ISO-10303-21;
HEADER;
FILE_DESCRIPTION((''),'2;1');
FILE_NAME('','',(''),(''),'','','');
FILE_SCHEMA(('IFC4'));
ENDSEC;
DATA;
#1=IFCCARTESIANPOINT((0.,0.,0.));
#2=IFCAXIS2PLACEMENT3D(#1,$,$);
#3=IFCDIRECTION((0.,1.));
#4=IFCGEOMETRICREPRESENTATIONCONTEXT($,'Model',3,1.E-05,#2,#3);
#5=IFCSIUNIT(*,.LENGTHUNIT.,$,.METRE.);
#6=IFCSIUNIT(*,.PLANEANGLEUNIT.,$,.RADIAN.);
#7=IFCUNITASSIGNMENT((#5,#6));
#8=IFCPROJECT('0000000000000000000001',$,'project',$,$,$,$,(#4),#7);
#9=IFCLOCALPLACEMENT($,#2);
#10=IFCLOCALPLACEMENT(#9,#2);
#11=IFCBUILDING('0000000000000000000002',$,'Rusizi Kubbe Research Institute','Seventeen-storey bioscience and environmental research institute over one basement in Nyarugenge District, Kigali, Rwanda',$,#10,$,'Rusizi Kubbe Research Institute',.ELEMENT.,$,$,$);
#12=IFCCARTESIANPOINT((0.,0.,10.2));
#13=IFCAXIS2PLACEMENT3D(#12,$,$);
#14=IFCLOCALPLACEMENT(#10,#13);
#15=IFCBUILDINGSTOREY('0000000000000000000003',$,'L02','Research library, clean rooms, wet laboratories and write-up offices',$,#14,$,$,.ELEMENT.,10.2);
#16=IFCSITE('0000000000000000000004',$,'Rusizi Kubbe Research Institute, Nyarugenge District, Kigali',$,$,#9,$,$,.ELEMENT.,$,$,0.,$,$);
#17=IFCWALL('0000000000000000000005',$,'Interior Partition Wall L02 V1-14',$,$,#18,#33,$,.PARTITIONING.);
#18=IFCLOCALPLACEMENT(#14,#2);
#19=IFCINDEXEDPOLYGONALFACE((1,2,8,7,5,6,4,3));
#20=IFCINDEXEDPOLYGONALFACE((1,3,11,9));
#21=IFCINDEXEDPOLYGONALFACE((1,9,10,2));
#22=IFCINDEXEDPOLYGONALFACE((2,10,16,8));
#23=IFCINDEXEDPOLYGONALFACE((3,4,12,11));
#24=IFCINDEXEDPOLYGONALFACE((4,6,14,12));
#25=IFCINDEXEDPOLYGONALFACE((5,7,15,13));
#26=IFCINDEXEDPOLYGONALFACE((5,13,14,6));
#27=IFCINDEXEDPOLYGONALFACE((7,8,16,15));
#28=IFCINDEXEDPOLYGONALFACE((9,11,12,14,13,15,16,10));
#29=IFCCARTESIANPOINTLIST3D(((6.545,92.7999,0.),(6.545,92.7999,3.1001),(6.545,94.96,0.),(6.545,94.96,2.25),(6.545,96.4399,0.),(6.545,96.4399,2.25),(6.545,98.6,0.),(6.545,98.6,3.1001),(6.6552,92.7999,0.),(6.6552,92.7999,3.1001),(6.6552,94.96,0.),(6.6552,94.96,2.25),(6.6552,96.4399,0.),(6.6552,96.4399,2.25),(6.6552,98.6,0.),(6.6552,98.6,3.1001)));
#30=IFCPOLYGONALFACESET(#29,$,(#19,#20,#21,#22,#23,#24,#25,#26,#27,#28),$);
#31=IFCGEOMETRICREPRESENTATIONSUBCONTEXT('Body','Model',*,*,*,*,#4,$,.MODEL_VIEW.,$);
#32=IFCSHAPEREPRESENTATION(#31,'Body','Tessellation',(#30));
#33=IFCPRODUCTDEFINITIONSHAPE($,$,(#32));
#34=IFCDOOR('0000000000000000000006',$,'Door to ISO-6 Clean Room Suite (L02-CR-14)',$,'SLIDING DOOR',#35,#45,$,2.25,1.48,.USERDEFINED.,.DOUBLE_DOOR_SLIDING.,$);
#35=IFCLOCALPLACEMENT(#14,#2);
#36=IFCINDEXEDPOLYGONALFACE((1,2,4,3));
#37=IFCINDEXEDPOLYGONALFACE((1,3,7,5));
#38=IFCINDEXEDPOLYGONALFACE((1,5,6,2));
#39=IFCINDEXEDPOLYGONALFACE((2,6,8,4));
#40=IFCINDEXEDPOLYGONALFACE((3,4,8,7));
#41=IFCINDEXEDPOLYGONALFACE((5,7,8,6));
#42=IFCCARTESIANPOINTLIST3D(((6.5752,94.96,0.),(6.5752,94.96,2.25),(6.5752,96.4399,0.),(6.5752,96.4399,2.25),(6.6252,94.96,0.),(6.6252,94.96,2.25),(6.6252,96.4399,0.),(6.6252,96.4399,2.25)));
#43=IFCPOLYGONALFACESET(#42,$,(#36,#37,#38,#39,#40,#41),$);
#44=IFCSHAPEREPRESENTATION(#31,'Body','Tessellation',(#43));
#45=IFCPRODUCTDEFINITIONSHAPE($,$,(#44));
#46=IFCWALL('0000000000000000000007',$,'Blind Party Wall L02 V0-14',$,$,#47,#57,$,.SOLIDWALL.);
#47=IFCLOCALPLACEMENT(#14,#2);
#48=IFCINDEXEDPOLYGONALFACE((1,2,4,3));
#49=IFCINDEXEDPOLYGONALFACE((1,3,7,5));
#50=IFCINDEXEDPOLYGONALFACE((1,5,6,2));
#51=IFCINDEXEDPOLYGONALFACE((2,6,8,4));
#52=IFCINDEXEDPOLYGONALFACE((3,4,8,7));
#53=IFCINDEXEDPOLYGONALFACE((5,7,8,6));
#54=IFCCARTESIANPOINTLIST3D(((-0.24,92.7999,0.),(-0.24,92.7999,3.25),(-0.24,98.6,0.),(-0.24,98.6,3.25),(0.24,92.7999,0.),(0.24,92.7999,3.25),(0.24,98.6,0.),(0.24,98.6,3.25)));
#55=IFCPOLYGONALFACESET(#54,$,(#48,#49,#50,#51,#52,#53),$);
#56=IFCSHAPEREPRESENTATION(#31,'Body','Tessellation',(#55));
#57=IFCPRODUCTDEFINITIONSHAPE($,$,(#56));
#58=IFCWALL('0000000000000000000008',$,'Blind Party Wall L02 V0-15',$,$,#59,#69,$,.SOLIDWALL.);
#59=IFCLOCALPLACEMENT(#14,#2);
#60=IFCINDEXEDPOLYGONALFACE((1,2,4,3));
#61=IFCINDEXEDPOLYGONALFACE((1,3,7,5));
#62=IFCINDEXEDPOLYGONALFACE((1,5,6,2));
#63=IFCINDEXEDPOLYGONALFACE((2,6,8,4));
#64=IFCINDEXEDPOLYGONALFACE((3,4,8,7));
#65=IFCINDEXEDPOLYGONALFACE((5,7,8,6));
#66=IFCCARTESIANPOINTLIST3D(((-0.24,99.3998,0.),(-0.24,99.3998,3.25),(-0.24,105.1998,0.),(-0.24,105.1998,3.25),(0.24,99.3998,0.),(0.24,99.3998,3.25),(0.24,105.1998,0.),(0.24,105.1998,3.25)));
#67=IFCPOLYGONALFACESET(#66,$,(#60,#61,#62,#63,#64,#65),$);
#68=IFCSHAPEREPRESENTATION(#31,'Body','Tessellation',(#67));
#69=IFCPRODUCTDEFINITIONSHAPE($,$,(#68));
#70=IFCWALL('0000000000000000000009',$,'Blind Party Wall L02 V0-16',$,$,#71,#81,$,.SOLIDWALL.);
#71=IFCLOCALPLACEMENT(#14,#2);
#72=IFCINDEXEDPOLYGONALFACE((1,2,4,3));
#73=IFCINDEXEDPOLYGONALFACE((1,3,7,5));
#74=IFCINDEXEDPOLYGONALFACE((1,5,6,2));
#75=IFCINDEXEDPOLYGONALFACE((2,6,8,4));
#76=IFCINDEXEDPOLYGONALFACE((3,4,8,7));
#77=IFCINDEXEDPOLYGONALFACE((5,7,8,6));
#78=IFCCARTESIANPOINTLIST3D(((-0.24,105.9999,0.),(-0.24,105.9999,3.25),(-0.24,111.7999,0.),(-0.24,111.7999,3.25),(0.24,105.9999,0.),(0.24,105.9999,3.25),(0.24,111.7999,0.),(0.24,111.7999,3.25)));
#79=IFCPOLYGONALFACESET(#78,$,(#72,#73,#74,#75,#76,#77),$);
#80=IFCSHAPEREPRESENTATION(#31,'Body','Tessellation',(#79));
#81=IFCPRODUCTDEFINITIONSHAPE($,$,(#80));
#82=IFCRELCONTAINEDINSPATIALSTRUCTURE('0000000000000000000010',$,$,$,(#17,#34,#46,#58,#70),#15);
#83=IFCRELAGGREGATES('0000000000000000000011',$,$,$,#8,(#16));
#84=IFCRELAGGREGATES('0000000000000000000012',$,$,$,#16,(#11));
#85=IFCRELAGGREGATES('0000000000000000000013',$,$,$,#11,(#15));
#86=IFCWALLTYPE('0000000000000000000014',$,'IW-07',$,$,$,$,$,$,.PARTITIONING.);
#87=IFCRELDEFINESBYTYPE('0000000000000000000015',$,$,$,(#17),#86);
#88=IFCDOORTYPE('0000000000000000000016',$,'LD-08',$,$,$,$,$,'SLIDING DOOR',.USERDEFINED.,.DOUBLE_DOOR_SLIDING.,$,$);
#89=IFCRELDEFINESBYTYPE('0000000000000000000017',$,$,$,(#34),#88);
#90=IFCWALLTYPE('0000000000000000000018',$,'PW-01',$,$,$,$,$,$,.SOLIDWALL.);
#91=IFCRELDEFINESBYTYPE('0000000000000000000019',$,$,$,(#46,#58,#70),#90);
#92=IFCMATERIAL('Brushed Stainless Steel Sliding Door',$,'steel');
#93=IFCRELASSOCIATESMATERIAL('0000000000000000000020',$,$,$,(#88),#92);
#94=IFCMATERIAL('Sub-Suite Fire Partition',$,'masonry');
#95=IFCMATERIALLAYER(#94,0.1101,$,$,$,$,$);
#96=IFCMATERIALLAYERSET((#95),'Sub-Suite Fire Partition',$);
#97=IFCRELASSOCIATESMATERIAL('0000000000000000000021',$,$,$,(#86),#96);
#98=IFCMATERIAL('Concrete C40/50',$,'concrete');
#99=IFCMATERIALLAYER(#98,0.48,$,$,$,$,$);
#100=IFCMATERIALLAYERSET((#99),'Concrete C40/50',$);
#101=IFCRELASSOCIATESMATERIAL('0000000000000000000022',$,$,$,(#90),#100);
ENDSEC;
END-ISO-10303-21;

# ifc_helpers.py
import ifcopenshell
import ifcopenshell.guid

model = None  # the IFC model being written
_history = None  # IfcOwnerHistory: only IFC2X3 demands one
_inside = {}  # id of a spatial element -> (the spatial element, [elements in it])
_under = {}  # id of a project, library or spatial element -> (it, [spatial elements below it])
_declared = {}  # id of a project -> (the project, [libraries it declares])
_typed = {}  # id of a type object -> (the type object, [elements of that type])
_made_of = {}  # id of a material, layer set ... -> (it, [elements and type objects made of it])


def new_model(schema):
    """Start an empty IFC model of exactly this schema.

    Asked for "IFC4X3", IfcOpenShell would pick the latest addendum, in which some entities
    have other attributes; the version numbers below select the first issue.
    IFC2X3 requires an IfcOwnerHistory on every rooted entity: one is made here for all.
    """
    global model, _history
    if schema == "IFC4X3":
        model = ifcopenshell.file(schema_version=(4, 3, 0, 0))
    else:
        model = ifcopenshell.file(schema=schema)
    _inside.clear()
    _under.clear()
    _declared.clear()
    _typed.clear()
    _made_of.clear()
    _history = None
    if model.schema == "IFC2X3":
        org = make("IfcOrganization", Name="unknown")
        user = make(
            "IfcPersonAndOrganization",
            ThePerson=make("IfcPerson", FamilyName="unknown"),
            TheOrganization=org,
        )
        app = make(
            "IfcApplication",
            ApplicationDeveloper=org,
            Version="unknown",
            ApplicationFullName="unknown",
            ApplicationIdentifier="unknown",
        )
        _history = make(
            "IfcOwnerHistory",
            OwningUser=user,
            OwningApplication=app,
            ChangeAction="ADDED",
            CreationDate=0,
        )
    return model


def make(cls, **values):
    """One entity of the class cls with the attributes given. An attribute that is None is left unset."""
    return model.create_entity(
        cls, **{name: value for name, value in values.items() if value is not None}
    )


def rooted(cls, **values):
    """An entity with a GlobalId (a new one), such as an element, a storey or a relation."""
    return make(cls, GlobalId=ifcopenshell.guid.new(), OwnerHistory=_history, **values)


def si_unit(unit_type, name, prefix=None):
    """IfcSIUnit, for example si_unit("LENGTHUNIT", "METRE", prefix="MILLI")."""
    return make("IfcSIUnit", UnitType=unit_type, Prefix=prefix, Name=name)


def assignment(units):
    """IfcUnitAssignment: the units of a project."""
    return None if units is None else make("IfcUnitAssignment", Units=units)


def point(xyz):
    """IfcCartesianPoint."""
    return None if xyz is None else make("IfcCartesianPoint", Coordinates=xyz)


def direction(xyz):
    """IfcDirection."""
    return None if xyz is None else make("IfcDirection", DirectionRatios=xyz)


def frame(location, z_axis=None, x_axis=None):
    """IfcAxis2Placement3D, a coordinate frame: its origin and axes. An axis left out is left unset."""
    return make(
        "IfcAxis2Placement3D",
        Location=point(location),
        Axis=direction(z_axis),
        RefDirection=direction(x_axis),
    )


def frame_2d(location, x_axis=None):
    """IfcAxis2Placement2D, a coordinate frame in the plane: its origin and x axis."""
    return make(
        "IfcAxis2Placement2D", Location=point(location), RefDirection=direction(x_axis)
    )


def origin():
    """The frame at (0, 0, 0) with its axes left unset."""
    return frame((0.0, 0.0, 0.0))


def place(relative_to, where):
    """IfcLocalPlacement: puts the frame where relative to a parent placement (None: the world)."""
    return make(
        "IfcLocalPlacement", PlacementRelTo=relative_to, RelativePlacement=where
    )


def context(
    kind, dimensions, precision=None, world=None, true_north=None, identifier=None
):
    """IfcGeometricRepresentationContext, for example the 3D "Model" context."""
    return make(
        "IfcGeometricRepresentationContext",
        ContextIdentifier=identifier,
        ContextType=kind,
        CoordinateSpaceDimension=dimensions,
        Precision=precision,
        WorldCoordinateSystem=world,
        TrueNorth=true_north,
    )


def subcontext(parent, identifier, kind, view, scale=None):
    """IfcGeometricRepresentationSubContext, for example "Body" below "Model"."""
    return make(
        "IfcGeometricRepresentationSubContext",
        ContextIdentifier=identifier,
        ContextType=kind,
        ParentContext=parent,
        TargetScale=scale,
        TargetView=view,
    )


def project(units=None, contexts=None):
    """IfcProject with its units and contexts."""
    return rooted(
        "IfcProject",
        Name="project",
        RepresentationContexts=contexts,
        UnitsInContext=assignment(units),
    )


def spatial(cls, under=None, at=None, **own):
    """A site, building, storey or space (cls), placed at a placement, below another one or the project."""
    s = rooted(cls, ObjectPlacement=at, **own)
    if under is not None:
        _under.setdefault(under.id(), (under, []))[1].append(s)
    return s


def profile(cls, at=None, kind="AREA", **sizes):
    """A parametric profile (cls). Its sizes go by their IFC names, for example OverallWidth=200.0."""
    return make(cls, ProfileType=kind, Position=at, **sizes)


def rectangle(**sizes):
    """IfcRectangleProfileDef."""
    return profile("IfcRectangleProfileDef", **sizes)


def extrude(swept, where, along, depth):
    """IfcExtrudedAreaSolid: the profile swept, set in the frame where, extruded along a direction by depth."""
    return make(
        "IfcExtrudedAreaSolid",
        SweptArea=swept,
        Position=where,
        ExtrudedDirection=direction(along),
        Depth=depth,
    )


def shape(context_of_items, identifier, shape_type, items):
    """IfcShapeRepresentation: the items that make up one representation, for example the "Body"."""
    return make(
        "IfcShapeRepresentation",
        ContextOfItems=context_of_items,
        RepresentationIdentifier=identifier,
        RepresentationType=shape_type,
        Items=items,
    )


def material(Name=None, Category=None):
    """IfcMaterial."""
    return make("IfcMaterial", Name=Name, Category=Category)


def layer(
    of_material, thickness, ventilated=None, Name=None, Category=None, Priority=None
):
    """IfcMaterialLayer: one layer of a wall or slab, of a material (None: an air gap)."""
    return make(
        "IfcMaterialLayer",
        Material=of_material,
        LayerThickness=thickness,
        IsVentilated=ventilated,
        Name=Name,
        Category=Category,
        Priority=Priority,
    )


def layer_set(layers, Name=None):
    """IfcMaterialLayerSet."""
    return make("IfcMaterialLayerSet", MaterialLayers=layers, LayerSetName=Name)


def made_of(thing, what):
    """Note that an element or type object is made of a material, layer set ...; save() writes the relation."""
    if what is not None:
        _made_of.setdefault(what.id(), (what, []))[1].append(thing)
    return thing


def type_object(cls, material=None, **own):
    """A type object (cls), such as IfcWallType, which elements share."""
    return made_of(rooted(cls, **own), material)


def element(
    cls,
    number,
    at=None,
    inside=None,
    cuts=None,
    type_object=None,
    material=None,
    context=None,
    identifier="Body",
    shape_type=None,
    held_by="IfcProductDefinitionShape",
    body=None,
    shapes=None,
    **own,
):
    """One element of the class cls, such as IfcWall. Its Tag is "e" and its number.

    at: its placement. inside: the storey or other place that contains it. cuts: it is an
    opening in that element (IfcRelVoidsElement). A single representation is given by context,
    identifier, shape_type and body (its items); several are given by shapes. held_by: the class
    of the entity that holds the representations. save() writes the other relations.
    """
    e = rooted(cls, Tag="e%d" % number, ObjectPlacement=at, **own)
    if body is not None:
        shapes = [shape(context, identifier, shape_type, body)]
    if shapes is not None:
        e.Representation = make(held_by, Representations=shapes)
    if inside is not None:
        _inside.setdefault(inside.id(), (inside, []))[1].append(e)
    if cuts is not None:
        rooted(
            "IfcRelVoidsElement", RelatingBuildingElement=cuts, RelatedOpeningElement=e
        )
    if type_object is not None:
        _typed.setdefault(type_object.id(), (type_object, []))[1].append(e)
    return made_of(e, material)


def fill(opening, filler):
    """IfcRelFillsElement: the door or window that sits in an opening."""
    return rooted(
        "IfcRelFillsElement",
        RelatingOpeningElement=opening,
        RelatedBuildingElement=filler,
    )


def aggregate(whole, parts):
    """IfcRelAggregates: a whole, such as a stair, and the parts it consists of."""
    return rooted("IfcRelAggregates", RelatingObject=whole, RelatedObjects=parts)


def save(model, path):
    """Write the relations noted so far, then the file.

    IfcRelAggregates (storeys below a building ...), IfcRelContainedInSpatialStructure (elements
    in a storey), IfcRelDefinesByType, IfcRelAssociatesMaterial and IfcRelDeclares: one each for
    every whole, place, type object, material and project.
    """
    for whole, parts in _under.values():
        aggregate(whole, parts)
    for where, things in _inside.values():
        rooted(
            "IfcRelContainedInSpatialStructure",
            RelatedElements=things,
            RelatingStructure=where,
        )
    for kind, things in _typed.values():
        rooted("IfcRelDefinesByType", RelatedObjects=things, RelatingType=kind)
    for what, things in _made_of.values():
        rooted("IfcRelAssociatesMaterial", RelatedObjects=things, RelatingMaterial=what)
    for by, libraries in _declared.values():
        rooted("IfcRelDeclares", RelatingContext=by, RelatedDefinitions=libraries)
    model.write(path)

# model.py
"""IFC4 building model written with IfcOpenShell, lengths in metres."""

from ifc_helpers import new_model, si_unit, direction, frame, frame_2d, origin, place, context, subcontext, project, spatial, rectangle, extrude, material, layer, layer_set, type_object, element, fill, save


model = new_model("IFC4")

# Units and contexts
model_context = context("Model", 3, precision=1e-05, world=origin(), true_north=direction((0.0, 1.0)))
body_context = subcontext(model_context, "Body", "Model", "MODEL_VIEW")
ifc_project = project(units=[si_unit("LENGTHUNIT", "METRE"), si_unit("PLANEANGLEUNIT", "RADIAN")], contexts=[model_context])

# Site, building, storey
site_placement = place(None, origin())
site = spatial("IfcSite", under=ifc_project, at=site_placement, Name="Rusizi Kubbe Research Institute, Nyarugenge District, Kigali", CompositionType="ELEMENT", RefElevation=0.0)
building_placement = place(site_placement, origin())
building = spatial("IfcBuilding", under=site, at=building_placement, Name="Rusizi Kubbe Research Institute", Description="Seventeen-storey bioscience and environmental research institute over one basement in Nyarugenge District, Kigali, Rwanda", LongName="Rusizi Kubbe Research Institute", CompositionType="ELEMENT")
storey_placement = place(building_placement, frame((0.0, 0.0, 10.2)))
storey = spatial("IfcBuildingStorey", under=building, at=storey_placement, Name="L02", Description="Research library, clean rooms, wet laboratories and write-up offices", CompositionType="ELEMENT", Elevation=10.2)

# Shared definitions
ifc_material_1 = material(Name="Brushed Stainless Steel Sliding Door", Category="steel")
door_type_1 = type_object("IfcDoorType", Name="LD-08", ElementType="SLIDING DOOR", OperationType="DOUBLE_DOOR_SLIDING", PredefinedType="USERDEFINED", material=ifc_material_1)

# Shared definitions
ifc_material_2 = material(Name="Sub-Suite Fire Partition", Category="masonry")
ifc_layer_1 = layer(ifc_material_2, 0.1101)
ifc_layer_set_1 = layer_set([ifc_layer_1], Name="Sub-Suite Fire Partition")
wall_type_1 = type_object("IfcWallType", Name="IW-07", PredefinedType="PARTITIONING", material=ifc_layer_set_1)

# Wall, opening, door
wall_1_placement = place(storey_placement, frame((6.6001, 92.8, 0.0), z_axis=(0.0, 0.0, 1.0), x_axis=(0.0, 1.0, 0.0)))
wall_1 = element("IfcWall", 1, at=wall_1_placement, inside=storey, type_object=wall_type_1, Name="Interior Partition Wall L02 V1-14", PredefinedType="PARTITIONING", context=body_context, shape_type="SweptSolid", body=[
    extrude(rectangle(XDim=5.8, YDim=0.1101, at=frame_2d((2.8999, 0.0))), origin(), (0.0, 0.0, 1.0), 3.1001),
])
opening_1_placement = place(wall_1_placement, frame((2.1599, 0.0, 0.0)))
opening_1 = element("IfcOpeningElement", 2, at=opening_1_placement, cuts=wall_1, PredefinedType="OPENING", context=body_context, shape_type="SweptSolid", body=[
    extrude(rectangle(XDim=1.48, YDim=2.25, at=frame_2d((0.74, 1.125))), frame((0.0, 0.0649, 0.0), z_axis=(0.0, -1.0, 0.0), x_axis=(1.0, 0.0, 0.0)), (0.0, 0.0, 1.0), 0.1301),
])
door_1_placement = place(opening_1_placement, origin())
door_1 = element("IfcDoor", 3, at=door_1_placement, inside=storey, type_object=door_type_1, Name="Door to ISO-6 Clean Room Suite (L02-CR-14)", ObjectType="SLIDING DOOR", OperationType="DOUBLE_DOOR_SLIDING", OverallHeight=2.25, OverallWidth=1.48, PredefinedType="USERDEFINED", context=body_context, shape_type="SweptSolid", body=[
    extrude(rectangle(XDim=1.48, YDim=2.25, at=frame_2d((0.74, 1.125))), frame((0.0, 0.0249, 0.0), z_axis=(0.0, -1.0, 0.0), x_axis=(1.0, 0.0, 0.0)), (0.0, 0.0, 1.0), 0.05),
])
fill(opening_1, door_1)

# Walls
ifc_material_3 = material(Name="Concrete C40/50", Category="concrete")
ifc_layer_2 = layer(ifc_material_3, 0.48)
ifc_layer_set_2 = layer_set([ifc_layer_2], Name="Concrete C40/50")
wall_type_2 = type_object("IfcWallType", Name="PW-01", PredefinedType="SOLIDWALL", material=ifc_layer_set_2)
for number, where, z_axis, x_axis, name in (
    (4, (0.0, 92.8, 0.0), (0.0, 0.0, 1.0), (0.0, 1.0, 0.0), "Blind Party Wall L02 V0-14"),
    (5, (0.0, 99.3999, 0.0), (0.0, 0.0, 1.0), (0.0, 1.0, 0.0), "Blind Party Wall L02 V0-15"),
    (6, (0.0, 106.0, 0.0), (0.0, 0.0, 1.0), (0.0, 1.0, 0.0), "Blind Party Wall L02 V0-16"),
):
    element("IfcWall", number, at=place(storey_placement, frame(where, z_axis=z_axis, x_axis=x_axis)), inside=storey, type_object=wall_type_2, Name=name, PredefinedType="SOLIDWALL", context=body_context, shape_type="SweptSolid", body=[
        extrude(rectangle(XDim=5.8, YDim=0.48, at=frame_2d((2.8999, 0.0))), origin(), (0.0, 0.0, 1.0), 3.25),
    ])

save(model, "model.ifc")
